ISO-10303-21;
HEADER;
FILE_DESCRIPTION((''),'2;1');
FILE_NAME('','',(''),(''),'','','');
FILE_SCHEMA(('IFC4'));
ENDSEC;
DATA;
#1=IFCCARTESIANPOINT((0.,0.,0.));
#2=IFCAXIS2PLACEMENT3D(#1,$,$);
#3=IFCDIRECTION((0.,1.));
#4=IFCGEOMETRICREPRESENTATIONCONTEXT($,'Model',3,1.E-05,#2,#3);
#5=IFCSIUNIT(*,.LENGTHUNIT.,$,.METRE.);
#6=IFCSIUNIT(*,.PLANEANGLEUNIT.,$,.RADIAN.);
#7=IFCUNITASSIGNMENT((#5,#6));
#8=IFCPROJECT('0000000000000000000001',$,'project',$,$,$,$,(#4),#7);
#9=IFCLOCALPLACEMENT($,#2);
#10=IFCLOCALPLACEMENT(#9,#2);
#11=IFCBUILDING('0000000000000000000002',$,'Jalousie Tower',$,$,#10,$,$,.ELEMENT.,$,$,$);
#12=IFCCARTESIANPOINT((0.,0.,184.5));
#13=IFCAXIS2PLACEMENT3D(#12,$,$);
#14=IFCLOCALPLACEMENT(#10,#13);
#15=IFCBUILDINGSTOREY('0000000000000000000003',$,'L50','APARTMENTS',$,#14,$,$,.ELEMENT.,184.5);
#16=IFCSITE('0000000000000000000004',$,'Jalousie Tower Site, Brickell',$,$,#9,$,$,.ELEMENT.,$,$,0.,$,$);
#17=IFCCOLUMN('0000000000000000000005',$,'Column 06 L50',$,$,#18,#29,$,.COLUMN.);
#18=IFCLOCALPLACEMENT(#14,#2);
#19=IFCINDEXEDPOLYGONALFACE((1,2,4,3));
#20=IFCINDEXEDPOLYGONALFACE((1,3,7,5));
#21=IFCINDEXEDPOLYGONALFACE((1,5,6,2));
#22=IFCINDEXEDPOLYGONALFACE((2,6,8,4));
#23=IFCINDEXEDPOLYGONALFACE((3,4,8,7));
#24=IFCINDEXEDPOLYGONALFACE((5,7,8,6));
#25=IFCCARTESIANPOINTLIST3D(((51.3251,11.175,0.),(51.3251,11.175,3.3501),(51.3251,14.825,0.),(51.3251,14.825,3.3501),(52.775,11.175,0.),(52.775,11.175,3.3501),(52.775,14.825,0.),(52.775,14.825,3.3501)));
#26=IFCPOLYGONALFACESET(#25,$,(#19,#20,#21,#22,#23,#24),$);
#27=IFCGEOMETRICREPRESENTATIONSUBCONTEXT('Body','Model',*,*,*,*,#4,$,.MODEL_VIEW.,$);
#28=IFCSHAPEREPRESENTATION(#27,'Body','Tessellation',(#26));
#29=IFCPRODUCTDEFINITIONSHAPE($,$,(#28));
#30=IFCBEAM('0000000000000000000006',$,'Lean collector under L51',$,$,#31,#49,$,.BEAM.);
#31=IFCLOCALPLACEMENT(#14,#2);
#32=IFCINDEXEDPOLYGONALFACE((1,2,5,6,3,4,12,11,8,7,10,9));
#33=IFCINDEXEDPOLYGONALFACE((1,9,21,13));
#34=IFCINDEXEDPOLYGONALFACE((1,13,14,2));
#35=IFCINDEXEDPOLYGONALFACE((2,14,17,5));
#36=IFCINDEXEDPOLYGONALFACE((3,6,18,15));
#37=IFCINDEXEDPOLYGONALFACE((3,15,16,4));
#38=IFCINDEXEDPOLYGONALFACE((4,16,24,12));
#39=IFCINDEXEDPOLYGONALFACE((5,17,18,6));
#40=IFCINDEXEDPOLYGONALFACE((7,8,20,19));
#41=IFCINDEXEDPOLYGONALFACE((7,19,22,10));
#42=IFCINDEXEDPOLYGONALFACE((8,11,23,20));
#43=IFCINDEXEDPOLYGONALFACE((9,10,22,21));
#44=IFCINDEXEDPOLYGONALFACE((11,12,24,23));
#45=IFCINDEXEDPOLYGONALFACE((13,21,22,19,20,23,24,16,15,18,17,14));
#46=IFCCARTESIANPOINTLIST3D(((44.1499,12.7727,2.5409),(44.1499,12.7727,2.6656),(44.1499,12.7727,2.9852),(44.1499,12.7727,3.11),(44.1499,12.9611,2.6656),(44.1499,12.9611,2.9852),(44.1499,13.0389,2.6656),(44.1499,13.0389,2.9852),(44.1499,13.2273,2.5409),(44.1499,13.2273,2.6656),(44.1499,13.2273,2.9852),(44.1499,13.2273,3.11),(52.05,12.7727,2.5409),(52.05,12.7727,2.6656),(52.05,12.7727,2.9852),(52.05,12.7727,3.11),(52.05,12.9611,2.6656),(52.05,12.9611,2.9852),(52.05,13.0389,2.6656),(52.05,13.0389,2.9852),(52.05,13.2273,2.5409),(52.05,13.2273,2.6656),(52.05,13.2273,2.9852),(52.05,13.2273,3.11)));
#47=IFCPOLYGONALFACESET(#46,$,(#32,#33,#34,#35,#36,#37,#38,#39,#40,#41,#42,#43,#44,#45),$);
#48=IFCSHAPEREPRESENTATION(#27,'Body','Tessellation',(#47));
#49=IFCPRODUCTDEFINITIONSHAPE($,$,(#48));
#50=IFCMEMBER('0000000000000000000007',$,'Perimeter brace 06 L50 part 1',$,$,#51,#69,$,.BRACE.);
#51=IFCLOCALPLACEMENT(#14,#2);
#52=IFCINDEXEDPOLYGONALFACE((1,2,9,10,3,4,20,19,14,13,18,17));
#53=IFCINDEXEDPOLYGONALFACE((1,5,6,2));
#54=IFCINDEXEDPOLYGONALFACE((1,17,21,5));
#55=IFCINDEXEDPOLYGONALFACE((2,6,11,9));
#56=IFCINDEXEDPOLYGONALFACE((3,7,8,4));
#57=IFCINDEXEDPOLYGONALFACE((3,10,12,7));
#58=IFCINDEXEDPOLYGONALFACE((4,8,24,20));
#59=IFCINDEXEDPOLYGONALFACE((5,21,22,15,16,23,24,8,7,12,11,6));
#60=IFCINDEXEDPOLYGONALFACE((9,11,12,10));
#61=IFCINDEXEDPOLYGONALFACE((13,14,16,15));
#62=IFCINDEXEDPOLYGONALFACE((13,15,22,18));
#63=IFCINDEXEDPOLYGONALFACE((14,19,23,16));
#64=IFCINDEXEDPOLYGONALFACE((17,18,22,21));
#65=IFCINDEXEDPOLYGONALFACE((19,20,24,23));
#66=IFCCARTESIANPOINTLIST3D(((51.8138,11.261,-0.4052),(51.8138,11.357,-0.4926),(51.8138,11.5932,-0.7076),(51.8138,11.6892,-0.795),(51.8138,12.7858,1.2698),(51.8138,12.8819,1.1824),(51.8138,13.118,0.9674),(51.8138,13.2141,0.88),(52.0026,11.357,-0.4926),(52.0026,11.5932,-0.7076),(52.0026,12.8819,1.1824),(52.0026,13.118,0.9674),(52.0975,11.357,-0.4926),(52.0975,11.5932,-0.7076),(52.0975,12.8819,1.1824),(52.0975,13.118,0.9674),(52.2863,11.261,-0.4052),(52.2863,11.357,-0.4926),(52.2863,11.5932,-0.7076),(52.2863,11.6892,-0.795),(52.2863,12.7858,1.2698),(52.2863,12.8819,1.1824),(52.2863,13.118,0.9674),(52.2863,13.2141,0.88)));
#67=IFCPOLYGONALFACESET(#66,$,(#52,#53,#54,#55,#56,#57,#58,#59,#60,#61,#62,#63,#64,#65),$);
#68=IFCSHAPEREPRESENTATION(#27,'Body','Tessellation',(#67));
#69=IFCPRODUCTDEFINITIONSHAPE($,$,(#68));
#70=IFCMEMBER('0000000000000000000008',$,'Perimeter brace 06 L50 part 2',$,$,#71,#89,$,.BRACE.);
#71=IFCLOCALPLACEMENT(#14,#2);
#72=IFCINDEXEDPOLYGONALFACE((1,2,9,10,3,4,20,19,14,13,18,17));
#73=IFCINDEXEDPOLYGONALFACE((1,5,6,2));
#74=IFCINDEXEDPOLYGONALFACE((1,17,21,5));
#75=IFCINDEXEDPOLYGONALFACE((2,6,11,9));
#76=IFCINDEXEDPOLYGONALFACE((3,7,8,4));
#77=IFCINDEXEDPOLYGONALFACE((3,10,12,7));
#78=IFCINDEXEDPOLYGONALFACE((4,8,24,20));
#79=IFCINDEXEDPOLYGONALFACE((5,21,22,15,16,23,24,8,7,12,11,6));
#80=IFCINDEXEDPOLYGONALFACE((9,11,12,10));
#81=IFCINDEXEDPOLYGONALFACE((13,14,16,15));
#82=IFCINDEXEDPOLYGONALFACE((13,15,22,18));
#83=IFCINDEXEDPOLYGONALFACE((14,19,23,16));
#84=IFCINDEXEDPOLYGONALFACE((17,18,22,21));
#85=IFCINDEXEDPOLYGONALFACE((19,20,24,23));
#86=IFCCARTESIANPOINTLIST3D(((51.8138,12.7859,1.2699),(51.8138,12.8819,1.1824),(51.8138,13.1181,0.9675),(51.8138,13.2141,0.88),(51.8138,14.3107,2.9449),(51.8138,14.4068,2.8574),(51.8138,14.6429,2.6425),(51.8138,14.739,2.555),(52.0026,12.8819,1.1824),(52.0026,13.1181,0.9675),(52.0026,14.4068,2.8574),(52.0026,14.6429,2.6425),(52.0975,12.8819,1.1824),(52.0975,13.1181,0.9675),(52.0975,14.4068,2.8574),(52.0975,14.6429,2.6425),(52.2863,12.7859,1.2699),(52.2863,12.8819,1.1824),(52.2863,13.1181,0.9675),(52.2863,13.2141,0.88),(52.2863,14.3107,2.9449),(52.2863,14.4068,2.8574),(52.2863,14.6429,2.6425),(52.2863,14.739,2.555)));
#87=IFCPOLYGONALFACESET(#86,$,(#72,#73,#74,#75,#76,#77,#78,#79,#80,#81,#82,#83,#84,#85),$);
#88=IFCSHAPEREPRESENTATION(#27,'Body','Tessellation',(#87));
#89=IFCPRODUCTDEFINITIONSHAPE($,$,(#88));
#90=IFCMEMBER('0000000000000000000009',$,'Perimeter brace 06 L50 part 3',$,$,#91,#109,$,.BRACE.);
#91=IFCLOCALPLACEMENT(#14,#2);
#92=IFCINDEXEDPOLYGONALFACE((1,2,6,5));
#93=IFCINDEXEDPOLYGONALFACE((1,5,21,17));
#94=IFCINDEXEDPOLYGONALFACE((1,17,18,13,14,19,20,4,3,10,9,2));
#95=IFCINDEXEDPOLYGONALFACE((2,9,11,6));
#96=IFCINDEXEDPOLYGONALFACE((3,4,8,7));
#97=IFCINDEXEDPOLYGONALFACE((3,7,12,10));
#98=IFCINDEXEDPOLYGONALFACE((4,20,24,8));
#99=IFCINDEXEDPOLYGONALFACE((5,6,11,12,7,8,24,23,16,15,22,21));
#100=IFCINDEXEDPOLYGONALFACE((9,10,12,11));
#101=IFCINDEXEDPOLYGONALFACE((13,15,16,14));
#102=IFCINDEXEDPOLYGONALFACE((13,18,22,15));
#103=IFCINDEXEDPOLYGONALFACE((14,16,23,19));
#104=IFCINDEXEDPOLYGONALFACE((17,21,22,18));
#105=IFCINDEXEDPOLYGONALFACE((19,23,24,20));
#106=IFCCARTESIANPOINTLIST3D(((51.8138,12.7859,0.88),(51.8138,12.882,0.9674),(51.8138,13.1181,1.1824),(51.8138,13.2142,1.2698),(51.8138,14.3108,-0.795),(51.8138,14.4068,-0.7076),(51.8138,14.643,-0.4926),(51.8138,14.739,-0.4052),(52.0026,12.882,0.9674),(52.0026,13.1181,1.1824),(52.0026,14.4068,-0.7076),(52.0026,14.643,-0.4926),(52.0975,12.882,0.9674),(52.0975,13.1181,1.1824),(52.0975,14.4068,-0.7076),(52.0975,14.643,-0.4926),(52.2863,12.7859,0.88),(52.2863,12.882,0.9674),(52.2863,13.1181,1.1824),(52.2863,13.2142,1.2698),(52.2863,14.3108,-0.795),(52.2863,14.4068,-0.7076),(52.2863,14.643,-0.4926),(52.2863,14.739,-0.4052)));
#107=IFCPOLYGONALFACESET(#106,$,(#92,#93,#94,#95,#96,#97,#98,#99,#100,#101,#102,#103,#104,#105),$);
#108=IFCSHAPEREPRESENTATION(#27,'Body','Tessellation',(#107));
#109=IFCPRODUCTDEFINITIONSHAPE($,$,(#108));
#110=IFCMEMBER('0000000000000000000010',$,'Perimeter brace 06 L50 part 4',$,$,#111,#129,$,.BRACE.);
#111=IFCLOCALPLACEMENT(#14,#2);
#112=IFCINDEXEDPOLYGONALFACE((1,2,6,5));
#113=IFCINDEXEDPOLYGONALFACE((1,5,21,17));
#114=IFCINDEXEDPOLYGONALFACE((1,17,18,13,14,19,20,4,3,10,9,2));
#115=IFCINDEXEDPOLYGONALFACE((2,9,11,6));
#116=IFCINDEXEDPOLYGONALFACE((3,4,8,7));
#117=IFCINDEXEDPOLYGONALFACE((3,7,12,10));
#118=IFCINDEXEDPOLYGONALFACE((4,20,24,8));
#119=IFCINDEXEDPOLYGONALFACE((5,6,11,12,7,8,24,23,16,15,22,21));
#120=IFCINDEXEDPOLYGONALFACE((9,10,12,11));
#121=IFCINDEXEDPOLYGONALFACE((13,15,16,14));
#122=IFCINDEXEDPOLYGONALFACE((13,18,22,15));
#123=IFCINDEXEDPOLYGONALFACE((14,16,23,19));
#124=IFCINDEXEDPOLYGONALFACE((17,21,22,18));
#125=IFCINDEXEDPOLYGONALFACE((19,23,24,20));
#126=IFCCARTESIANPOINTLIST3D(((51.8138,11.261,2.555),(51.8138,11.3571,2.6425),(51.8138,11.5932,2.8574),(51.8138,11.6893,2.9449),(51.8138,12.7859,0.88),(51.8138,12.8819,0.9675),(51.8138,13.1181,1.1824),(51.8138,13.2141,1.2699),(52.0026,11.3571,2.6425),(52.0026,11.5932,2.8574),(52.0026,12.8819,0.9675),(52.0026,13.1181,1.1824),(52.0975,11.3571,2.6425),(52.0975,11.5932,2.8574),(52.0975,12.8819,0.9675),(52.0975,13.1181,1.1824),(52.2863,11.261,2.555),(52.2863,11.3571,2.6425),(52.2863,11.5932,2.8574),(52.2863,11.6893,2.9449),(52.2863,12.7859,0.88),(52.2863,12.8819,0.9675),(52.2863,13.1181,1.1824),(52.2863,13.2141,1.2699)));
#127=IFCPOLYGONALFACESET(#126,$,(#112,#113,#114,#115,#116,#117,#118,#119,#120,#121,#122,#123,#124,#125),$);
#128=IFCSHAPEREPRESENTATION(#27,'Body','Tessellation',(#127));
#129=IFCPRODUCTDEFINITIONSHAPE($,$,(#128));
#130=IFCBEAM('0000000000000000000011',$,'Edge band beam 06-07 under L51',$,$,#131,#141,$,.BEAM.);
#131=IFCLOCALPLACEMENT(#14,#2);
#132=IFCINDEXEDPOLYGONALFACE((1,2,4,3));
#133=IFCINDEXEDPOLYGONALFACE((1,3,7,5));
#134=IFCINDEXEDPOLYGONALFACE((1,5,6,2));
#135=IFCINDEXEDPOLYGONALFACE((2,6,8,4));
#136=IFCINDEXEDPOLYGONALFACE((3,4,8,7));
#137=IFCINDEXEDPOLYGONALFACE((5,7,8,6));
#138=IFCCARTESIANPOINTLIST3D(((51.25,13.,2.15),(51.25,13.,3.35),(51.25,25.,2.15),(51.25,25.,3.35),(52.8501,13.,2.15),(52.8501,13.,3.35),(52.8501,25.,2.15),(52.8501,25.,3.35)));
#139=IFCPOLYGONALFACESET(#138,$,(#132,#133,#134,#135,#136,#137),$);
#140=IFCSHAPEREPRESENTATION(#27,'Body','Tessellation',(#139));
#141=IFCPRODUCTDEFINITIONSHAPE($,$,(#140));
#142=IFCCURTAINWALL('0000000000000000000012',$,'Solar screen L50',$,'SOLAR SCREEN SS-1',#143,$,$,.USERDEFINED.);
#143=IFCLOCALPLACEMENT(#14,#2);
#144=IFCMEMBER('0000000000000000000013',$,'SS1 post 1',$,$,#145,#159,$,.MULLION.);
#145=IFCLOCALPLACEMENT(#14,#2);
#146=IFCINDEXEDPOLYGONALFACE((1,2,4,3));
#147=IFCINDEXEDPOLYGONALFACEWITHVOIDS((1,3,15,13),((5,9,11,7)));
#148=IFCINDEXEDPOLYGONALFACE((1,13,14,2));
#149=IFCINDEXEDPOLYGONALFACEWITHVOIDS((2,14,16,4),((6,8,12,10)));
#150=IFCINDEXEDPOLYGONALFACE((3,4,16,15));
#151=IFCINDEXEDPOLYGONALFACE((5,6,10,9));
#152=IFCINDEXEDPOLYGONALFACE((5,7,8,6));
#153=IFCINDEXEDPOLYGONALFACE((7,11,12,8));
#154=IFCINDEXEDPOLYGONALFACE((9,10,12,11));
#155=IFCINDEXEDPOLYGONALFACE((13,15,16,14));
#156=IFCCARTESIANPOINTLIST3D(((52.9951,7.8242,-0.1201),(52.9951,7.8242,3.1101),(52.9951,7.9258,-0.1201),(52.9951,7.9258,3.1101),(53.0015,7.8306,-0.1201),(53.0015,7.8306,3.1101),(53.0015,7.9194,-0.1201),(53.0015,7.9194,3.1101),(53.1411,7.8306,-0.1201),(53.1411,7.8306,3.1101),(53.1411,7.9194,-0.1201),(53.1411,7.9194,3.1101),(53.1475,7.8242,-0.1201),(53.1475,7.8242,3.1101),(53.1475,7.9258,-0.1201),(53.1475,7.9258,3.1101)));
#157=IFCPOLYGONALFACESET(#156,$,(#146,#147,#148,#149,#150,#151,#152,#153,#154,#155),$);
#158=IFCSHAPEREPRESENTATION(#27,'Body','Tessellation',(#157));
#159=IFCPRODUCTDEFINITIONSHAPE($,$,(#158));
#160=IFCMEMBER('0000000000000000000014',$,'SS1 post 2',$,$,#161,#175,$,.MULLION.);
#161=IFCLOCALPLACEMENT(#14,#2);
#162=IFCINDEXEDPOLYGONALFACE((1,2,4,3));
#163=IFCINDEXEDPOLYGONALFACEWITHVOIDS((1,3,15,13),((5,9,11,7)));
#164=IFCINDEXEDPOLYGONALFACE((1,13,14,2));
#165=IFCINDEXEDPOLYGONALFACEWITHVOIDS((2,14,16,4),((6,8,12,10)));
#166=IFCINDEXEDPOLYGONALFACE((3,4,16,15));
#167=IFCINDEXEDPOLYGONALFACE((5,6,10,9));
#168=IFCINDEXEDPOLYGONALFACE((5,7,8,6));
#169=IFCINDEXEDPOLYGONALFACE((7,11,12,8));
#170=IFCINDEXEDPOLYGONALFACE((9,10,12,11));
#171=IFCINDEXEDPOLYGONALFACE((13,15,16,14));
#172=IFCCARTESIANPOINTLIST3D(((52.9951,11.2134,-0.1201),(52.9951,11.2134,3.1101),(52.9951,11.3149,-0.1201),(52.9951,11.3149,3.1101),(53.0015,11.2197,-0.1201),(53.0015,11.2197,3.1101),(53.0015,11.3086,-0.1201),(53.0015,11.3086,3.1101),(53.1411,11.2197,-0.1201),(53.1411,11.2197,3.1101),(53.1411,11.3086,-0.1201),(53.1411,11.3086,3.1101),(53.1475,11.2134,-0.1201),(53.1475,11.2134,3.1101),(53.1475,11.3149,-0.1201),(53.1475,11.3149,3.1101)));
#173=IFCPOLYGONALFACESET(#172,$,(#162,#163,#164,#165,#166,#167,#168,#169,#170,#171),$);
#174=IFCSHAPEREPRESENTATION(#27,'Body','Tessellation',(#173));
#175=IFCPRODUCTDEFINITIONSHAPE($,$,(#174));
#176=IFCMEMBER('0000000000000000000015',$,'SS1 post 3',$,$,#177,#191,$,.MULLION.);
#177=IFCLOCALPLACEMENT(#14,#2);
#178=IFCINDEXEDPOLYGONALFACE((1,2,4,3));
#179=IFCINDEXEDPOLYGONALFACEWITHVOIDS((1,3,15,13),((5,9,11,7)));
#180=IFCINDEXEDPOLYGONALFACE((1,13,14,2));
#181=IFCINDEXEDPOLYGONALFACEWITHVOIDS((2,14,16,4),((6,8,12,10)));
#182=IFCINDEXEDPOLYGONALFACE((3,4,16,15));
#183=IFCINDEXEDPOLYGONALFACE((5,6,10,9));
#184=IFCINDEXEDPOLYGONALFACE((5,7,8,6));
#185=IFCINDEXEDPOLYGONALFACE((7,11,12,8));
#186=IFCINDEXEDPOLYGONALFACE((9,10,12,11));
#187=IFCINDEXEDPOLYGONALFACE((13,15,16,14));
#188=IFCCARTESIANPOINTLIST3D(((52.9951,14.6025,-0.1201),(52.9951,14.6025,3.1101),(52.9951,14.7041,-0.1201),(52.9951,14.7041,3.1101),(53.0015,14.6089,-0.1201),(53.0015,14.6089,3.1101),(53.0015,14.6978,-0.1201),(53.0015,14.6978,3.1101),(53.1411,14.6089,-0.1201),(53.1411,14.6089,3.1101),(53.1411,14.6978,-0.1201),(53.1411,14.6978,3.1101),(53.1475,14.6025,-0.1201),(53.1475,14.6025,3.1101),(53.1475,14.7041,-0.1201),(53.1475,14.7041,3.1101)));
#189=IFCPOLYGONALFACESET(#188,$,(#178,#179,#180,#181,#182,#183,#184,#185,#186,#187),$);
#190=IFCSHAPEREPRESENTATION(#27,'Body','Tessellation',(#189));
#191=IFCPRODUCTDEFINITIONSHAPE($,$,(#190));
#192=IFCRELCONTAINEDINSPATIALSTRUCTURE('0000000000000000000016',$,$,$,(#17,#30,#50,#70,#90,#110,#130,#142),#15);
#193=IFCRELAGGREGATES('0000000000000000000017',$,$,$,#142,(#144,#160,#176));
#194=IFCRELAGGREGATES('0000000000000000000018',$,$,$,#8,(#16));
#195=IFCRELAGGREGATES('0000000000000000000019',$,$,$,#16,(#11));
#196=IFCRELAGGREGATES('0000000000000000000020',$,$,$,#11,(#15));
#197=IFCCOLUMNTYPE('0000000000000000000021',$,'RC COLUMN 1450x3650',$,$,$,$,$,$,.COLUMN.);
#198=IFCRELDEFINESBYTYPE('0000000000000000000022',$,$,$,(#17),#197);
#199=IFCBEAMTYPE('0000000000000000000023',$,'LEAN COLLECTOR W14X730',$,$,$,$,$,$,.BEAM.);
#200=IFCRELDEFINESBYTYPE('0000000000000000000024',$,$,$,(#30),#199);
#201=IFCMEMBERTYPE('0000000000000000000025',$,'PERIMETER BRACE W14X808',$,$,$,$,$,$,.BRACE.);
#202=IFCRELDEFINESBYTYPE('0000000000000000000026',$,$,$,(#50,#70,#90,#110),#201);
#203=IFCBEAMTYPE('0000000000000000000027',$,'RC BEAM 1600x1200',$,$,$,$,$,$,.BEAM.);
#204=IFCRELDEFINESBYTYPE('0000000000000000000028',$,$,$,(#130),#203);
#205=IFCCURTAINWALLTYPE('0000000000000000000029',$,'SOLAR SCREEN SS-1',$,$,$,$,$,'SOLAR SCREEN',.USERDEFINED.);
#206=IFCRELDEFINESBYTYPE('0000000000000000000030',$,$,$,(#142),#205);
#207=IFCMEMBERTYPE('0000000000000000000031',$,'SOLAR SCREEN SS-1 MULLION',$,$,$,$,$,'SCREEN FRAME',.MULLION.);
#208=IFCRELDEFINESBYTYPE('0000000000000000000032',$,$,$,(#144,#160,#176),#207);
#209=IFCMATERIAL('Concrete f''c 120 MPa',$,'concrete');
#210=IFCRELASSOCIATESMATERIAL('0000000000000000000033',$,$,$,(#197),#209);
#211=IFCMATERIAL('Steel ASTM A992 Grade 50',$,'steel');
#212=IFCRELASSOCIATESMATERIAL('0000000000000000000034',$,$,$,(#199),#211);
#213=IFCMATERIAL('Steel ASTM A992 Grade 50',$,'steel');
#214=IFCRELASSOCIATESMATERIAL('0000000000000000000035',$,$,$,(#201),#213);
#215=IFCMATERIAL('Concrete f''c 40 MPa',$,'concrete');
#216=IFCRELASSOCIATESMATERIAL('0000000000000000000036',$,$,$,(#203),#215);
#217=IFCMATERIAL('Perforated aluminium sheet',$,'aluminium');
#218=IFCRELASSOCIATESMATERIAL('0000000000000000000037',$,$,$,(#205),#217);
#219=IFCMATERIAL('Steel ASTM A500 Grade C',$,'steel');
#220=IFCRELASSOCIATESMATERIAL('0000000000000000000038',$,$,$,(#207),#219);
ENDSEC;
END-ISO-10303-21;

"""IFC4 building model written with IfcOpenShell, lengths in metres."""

from ifc_helpers import new_model, si_unit, direction, frame, origin, origin_2d, place, context, subcontext, project, spatial, rectangle, hollow_rectangle, i_section, extrude, material, material_profile, profile_set, type_object, element, aggregate, save


model = new_model("IFC4")

# Units and contexts
model_context = context("Model", 3, precision=1e-05, world=origin(), true_north=direction((0.0, 1.0)))
body_context = subcontext(model_context, "Body", "Model", "MODEL_VIEW")
ifc_project = project(units=[si_unit("LENGTHUNIT", "METRE"), si_unit("PLANEANGLEUNIT", "RADIAN")], contexts=[model_context])

# Site, building, storey
site_placement = place(None, origin())
site = spatial("IfcSite", under=ifc_project, at=site_placement, Name="Jalousie Tower Site, Brickell", CompositionType="ELEMENT", RefElevation=0.0)
building_placement = place(site_placement, origin())
building = spatial("IfcBuilding", under=site, at=building_placement, Name="Jalousie Tower", CompositionType="ELEMENT")
storey_placement = place(building_placement, frame((0.0, 0.0, 184.5)))
storey = spatial("IfcBuildingStorey", under=building, at=storey_placement, Name="L50", Description="APARTMENTS", CompositionType="ELEMENT", Elevation=184.5)

# Column
ifc_material_1 = material(Name="Concrete f'c 120 MPa", Category="concrete")
ifc_material_profile_1 = material_profile(ifc_material_1, rectangle(XDim=1.45, YDim=3.6499, at=origin_2d()), Name="RC 1450x3650")
ifc_profile_set_1 = profile_set([ifc_material_profile_1], Name="Concrete f'c 120 MPa")
column_type = type_object("IfcColumnType", Name="RC COLUMN 1450x3650", PredefinedType="COLUMN", material=ifc_profile_set_1)
column_placement = place(storey_placement, frame((52.05, 13.0, 0.0), z_axis=(0.0, 0.0, 1.0), x_axis=(1.0, 0.0, 0.0)))
element("IfcColumn", 1, at=column_placement, inside=storey, type_object=column_type, Name="Column 06 L50", PredefinedType="COLUMN", context=body_context, shape_type="SweptSolid", body=[
    extrude(rectangle(XDim=1.45, YDim=3.6499, at=origin_2d()), origin(), (0.0, 0.0, 1.0), 3.3501),
])

# Beam
ifc_material_2 = material(Name="Steel ASTM A992 Grade 50", Category="steel")
ifc_material_profile_2 = material_profile(ifc_material_2, i_section(OverallWidth=0.4546, OverallDepth=0.5691, WebThickness=0.0779, FlangeThickness=0.1248, at=origin_2d()), Name="W14X730")
ifc_profile_set_2 = profile_set([ifc_material_profile_2], Name="Steel ASTM A992 Grade 50")
beam_type_1 = type_object("IfcBeamType", Name="LEAN COLLECTOR W14X730", PredefinedType="BEAM", material=ifc_profile_set_2)
beam_1_placement = place(storey_placement, frame((52.05, 13.0, 2.8254), z_axis=(-1.0, 0.0, 0.0), x_axis=(0.0, -1.0, 0.0)))
element("IfcBeam", 2, at=beam_1_placement, inside=storey, type_object=beam_type_1, Name="Lean collector under L51", PredefinedType="BEAM", context=body_context, shape_type="SweptSolid", body=[
    extrude(i_section(OverallWidth=0.4546, OverallDepth=0.5691, WebThickness=0.0779, FlangeThickness=0.1248, at=origin_2d()), origin(), (0.0, 0.0, 1.0), 7.9001),
])

# Members
ifc_material_3 = material(Name="Steel ASTM A992 Grade 50", Category="steel")
ifc_material_profile_3 = material_profile(ifc_material_3, i_section(OverallWidth=0.4724, OverallDepth=0.5791, WebThickness=0.095, FlangeThickness=0.1299, at=origin_2d()), Name="W14X808")
ifc_profile_set_3 = profile_set([ifc_material_profile_3], Name="Steel ASTM A992 Grade 50")
member_type_1 = type_object("IfcMemberType", Name="PERIMETER BRACE W14X808", PredefinedType="BRACE", material=ifc_profile_set_3)
for number, where, z_axis, x_axis, name in (
    (3, (52.05, 11.4751, -0.6001), (0.0, 0.673188, 0.739472), (-1.0, 0.0, 0.0), "Perimeter brace 06 L50 part 1"),
    (4, (52.05, 13.0, 1.075), (0.0, 0.673188, 0.739472), (-1.0, 0.0, 0.0), "Perimeter brace 06 L50 part 2"),
    (5, (52.05, 14.5249, -0.6001), (0.0, -0.673188, 0.739472), (1.0, 0.0, 0.0), "Perimeter brace 06 L50 part 3"),
    (6, (52.05, 13.0, 1.075), (0.0, -0.673188, 0.739472), (1.0, 0.0, 0.0), "Perimeter brace 06 L50 part 4"),
):
    element("IfcMember", number, at=place(storey_placement, frame(where, z_axis=z_axis, x_axis=x_axis)), inside=storey, type_object=member_type_1, Name=name, PredefinedType="BRACE", context=body_context, shape_type="SweptSolid", body=[
        extrude(i_section(OverallWidth=0.4724, OverallDepth=0.5791, WebThickness=0.095, FlangeThickness=0.1299, at=origin_2d()), origin(), (0.0, 0.0, 1.0), 2.2651),
    ])

# Beam
ifc_material_4 = material(Name="Concrete f'c 40 MPa", Category="concrete")
ifc_material_profile_4 = material_profile(ifc_material_4, rectangle(XDim=1.6001, YDim=1.2, at=origin_2d()), Name="RC 1600x1200")
ifc_profile_set_4 = profile_set([ifc_material_profile_4], Name="Concrete f'c 40 MPa")
beam_type_2 = type_object("IfcBeamType", Name="RC BEAM 1600x1200", PredefinedType="BEAM", material=ifc_profile_set_4)
beam_2_placement = place(storey_placement, frame((52.05, 13.0, 2.75), z_axis=(0.0, 1.0, 0.0), x_axis=(-1.0, 0.0, 0.0)))
element("IfcBeam", 7, at=beam_2_placement, inside=storey, type_object=beam_type_2, Name="Edge band beam 06-07 under L51", PredefinedType="BEAM", context=body_context, shape_type="SweptSolid", body=[
    extrude(rectangle(XDim=1.6001, YDim=1.2, at=origin_2d()), origin(), (0.0, 0.0, 1.0), 12.0),
])

# Curtain wall, members
ifc_material_5 = material(Name="Perforated aluminium sheet", Category="aluminium")
curtain_wall_type = type_object("IfcCurtainWallType", Name="SOLAR SCREEN SS-1", ElementType="SOLAR SCREEN", PredefinedType="USERDEFINED", material=ifc_material_5)
curtain_wall_placement = place(storey_placement, origin())
curtain_wall = element("IfcCurtainWall", 8, at=curtain_wall_placement, inside=storey, type_object=curtain_wall_type, Name="Solar screen L50", ObjectType="SOLAR SCREEN SS-1", PredefinedType="USERDEFINED")
ifc_material_6 = material(Name="Steel ASTM A500 Grade C", Category="steel")
ifc_material_profile_5 = material_profile(ifc_material_6, hollow_rectangle(XDim=0.1016, YDim=0.1523, WallThickness=0.0063, at=origin_2d()), Name="HSS6X4X1/4")
ifc_profile_set_5 = profile_set([ifc_material_profile_5], Name="Steel ASTM A500 Grade C")
member_type_2 = type_object("IfcMemberType", Name="SOLAR SCREEN SS-1 MULLION", ElementType="SCREEN FRAME", PredefinedType="MULLION", material=ifc_profile_set_5)
member_1_placement = place(storey_placement, frame((53.0713, 7.875, -0.1201), z_axis=(0.0, 0.0, 1.0), x_axis=(0.0, 1.0, 0.0)))
member_1 = element("IfcMember", 9, at=member_1_placement, type_object=member_type_2, Name="SS1 post 1", PredefinedType="MULLION", context=body_context, shape_type="SweptSolid", body=[
    extrude(hollow_rectangle(XDim=0.1016, YDim=0.1523, WallThickness=0.0063, at=origin_2d()), origin(), (0.0, 0.0, 1.0), 3.2302),
])
member_2_placement = place(storey_placement, frame((53.0713, 11.2642, -0.1201), z_axis=(0.0, 0.0, 1.0), x_axis=(0.0, 1.0, 0.0)))
member_2 = element("IfcMember", 10, at=member_2_placement, type_object=member_type_2, Name="SS1 post 2", PredefinedType="MULLION", context=body_context, shape_type="SweptSolid", body=[
    extrude(hollow_rectangle(XDim=0.1016, YDim=0.1523, WallThickness=0.0063, at=origin_2d()), origin(), (0.0, 0.0, 1.0), 3.2302),
])
member_3_placement = place(storey_placement, frame((53.0713, 14.6533, -0.1201), z_axis=(0.0, 0.0, 1.0), x_axis=(0.0, 1.0, 0.0)))
member_3 = element("IfcMember", 11, at=member_3_placement, type_object=member_type_2, Name="SS1 post 3", PredefinedType="MULLION", context=body_context, shape_type="SweptSolid", body=[
    extrude(hollow_rectangle(XDim=0.1016, YDim=0.1523, WallThickness=0.0063, at=origin_2d()), origin(), (0.0, 0.0, 1.0), 3.2302),
])
aggregate(curtain_wall, [member_1, member_2, member_3])

save(model, "model.ifc")
